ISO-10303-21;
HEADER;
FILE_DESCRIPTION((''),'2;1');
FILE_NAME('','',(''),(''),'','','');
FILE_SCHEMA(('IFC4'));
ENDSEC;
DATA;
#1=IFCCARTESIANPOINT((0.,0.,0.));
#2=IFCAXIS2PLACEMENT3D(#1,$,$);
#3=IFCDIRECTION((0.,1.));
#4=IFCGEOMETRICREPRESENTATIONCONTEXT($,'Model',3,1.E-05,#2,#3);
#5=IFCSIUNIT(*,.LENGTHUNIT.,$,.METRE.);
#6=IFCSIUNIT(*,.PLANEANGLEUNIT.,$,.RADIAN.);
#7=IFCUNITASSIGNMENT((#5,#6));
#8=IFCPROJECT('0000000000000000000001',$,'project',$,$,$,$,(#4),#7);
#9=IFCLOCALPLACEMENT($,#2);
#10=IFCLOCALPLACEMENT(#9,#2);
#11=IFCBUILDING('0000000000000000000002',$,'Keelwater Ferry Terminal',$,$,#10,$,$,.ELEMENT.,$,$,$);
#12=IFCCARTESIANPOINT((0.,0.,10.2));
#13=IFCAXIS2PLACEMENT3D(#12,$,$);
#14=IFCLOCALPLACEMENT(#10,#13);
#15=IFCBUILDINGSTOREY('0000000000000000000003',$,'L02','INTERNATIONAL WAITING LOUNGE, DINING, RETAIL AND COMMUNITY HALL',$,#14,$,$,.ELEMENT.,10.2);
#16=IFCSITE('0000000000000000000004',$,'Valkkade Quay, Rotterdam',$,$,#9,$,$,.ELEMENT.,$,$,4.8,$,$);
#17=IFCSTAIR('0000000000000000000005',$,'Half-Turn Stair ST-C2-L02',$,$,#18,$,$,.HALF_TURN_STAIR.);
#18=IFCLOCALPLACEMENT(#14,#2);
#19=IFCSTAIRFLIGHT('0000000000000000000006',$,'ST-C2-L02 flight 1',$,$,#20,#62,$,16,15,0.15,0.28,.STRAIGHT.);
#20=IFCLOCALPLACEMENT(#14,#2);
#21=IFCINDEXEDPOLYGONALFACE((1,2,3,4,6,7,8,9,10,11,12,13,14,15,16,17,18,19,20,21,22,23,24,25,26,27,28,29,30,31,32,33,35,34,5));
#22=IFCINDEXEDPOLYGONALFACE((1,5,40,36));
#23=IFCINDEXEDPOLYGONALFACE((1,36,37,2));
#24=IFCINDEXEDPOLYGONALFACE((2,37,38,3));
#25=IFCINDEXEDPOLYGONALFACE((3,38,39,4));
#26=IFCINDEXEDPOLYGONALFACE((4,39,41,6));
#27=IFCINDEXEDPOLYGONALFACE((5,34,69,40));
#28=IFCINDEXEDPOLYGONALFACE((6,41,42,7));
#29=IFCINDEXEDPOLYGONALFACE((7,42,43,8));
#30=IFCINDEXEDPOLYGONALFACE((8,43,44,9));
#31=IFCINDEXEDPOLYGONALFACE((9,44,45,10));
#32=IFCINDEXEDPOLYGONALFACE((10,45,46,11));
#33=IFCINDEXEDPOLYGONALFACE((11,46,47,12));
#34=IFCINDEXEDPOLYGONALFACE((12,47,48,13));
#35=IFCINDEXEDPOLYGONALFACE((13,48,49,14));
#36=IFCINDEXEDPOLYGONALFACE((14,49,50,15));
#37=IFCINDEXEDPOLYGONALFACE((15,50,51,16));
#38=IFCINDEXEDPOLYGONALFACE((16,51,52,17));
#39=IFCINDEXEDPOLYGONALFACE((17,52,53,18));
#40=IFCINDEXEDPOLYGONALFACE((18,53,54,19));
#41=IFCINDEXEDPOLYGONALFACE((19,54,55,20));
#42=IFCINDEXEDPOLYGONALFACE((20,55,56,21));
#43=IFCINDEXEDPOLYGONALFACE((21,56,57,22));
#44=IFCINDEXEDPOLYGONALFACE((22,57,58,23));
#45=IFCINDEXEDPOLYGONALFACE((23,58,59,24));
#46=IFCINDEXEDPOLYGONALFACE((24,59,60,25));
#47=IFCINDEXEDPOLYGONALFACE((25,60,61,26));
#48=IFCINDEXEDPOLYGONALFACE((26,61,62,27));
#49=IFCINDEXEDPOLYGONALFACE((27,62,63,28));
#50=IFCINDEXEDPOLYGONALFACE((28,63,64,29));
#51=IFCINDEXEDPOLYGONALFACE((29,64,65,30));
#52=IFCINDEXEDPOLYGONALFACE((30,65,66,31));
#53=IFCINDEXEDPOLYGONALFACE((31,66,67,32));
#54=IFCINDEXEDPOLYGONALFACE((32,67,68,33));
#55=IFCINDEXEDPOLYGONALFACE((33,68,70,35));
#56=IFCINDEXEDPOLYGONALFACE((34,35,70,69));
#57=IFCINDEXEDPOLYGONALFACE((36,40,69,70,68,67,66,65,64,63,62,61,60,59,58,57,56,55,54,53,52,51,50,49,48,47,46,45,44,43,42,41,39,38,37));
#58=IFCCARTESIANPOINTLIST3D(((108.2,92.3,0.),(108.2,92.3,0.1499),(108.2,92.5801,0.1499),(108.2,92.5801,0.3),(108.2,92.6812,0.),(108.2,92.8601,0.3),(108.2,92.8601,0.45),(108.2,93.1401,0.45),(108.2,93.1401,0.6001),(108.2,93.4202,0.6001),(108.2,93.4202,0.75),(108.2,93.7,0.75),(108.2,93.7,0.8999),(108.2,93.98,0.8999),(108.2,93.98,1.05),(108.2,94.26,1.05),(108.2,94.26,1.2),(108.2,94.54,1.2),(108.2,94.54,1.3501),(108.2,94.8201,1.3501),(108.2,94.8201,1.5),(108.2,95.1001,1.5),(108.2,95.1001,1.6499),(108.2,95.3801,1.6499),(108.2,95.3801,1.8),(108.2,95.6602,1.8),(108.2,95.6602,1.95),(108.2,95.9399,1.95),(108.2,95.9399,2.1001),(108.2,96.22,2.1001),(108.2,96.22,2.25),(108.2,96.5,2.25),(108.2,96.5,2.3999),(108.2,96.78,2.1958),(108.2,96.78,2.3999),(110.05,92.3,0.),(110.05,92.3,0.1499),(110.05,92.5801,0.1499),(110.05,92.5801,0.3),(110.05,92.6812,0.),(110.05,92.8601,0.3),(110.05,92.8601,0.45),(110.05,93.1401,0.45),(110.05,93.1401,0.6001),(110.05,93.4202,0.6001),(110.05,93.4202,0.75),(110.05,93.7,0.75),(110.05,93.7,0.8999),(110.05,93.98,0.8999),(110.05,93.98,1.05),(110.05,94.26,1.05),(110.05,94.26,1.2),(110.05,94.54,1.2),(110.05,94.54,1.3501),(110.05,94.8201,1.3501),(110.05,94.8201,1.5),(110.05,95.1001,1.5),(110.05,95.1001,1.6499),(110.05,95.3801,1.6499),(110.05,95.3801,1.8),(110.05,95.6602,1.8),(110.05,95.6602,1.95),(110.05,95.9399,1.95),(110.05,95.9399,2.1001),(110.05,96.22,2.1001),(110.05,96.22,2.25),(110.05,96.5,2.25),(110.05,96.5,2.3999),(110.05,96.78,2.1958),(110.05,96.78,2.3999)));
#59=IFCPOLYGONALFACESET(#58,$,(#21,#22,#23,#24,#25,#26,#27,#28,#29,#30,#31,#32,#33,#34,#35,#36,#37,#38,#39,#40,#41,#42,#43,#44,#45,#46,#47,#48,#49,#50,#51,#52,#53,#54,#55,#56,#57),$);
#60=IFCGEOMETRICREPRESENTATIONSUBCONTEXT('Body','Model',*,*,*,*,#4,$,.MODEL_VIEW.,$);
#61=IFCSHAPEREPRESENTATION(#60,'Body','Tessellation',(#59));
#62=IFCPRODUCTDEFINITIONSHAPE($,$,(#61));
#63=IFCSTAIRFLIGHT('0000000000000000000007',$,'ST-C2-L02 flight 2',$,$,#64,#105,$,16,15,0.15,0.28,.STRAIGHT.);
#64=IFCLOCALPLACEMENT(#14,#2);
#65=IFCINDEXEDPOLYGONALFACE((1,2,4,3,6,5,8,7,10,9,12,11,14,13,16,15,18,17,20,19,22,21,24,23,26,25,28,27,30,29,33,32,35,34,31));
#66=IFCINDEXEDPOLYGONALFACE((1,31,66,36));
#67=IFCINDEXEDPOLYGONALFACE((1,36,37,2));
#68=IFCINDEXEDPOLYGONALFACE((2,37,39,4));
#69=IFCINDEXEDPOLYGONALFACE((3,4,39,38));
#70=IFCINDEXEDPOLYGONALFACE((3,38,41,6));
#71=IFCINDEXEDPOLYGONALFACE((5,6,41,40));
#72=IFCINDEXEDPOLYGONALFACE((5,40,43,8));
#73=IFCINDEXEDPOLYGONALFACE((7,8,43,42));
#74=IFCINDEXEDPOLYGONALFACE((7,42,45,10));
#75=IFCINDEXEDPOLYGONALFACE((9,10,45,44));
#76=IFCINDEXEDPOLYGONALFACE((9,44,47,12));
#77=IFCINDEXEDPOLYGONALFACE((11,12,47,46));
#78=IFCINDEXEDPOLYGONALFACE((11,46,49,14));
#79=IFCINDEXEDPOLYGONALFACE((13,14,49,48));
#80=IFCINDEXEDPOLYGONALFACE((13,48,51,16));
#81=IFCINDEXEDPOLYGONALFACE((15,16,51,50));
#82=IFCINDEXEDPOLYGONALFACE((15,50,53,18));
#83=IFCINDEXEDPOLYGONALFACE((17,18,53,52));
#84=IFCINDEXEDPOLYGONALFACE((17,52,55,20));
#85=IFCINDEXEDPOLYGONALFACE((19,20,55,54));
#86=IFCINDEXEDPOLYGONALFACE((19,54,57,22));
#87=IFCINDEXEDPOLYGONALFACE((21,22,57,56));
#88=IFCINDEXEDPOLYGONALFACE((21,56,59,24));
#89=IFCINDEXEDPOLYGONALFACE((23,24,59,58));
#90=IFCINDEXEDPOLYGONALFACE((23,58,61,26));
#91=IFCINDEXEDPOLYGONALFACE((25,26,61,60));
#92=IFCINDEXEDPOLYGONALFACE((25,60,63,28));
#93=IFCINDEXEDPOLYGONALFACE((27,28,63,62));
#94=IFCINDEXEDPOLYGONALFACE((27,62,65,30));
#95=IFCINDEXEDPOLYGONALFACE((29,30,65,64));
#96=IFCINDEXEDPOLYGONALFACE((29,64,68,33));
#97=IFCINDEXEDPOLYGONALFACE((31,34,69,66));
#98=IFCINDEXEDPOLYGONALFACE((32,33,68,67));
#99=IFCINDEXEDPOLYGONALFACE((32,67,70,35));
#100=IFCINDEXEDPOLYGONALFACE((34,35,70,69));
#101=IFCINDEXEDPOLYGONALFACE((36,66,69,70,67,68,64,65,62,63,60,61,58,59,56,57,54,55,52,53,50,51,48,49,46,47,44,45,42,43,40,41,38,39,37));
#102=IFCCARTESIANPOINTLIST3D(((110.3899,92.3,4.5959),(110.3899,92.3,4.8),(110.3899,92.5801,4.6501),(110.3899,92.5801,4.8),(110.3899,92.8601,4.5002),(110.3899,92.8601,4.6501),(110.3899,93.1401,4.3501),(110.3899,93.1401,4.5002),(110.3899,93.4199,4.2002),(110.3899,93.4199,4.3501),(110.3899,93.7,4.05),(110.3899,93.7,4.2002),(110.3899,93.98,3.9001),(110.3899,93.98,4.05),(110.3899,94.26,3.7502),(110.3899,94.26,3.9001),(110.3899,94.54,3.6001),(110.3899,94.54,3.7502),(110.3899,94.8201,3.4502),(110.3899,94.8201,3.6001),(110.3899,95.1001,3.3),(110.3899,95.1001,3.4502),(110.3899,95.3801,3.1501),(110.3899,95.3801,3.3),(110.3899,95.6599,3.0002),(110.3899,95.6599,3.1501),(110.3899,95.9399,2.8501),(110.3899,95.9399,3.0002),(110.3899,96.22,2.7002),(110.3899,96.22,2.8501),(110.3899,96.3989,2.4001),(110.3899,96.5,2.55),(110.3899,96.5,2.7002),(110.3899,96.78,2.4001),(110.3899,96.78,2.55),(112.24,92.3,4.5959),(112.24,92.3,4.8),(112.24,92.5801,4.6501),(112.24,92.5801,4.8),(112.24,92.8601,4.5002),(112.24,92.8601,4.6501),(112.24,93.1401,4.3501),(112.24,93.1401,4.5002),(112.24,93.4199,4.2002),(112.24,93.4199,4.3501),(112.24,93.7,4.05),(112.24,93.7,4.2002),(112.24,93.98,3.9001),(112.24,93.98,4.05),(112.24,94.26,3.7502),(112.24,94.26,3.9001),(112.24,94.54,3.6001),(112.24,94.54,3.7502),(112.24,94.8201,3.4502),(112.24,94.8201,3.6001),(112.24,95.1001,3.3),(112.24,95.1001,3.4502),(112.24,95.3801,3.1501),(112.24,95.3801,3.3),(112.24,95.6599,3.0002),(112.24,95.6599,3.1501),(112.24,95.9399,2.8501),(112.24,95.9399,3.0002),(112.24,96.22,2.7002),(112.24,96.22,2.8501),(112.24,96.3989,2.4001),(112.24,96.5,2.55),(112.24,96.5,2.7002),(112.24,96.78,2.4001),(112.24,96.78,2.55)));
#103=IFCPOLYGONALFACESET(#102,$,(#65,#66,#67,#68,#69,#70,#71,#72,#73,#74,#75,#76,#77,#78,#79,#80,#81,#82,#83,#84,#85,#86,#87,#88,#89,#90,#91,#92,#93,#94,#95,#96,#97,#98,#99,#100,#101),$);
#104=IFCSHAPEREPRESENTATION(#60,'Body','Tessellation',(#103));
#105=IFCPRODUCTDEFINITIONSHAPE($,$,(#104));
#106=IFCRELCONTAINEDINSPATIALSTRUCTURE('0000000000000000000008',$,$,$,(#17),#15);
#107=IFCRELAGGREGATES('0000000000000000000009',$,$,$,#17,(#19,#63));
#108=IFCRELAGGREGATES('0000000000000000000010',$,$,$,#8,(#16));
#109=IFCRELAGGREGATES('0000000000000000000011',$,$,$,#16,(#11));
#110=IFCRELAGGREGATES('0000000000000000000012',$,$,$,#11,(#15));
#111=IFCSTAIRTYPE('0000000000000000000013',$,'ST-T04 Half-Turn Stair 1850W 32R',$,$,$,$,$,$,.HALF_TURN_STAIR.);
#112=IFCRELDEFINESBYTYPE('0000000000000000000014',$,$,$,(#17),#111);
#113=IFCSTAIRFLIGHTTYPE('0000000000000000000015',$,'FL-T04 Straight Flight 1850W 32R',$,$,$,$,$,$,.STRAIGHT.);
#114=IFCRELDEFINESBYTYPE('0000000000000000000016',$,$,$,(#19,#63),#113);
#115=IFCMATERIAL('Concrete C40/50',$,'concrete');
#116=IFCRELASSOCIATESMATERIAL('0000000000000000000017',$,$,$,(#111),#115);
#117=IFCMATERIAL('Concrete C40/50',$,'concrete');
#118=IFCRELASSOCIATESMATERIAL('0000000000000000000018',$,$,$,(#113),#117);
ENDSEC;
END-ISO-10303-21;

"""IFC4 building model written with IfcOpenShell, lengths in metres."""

from ifc_helpers import new_model, si_unit, direction, frame, origin, place, context, subcontext, project, spatial, polyline, outline, extrude, material, type_object, element, aggregate, save


model = new_model("IFC4")

# Units and contexts
model_context = context("Model", 3, precision=1e-05, world=origin(), true_north=direction((0.0, 1.0)))
body_context = subcontext(model_context, "Body", "Model", "MODEL_VIEW")
ifc_project = project(units=[si_unit("LENGTHUNIT", "METRE"), si_unit("PLANEANGLEUNIT", "RADIAN")], contexts=[model_context])

# Site, building, storey
site_placement = place(None, origin())
site = spatial("IfcSite", under=ifc_project, at=site_placement, Name="Valkkade Quay, Rotterdam", CompositionType="ELEMENT", RefElevation=4.8)
building_placement = place(site_placement, origin())
building = spatial("IfcBuilding", under=site, at=building_placement, Name="Keelwater Ferry Terminal", CompositionType="ELEMENT")
storey_placement = place(building_placement, frame((0.0, 0.0, 10.2)))
storey = spatial("IfcBuildingStorey", under=building, at=storey_placement, Name="L02", Description="INTERNATIONAL WAITING LOUNGE, DINING, RETAIL AND COMMUNITY HALL", CompositionType="ELEMENT", Elevation=10.2)

# Stair, stair flights
ifc_material_1 = material(Name="Concrete C40/50", Category="concrete")
stair_type = type_object("IfcStairType", Name="ST-T04 Half-Turn Stair 1850W 32R", PredefinedType="HALF_TURN_STAIR", material=ifc_material_1)
stair_placement = place(storey_placement, origin())
stair = element("IfcStair", 1, at=stair_placement, inside=storey, type_object=stair_type, Name="Half-Turn Stair ST-C2-L02", PredefinedType="HALF_TURN_STAIR")
ifc_material_2 = material(Name="Concrete C40/50", Category="concrete")
stair_flight_type = type_object("IfcStairFlightType", Name="FL-T04 Straight Flight 1850W 32R", PredefinedType="STRAIGHT", material=ifc_material_2)
stair_flight_1_placement = place(storey_placement, frame((109.125, 92.3, 0.0), z_axis=(0.0, 0.0, 1.0), x_axis=(0.0, 1.0, 0.0)))
stair_flight_1 = element("IfcStairFlight", 2, at=stair_flight_1_placement, type_object=stair_flight_type, Name="ST-C2-L02 flight 1", NumberOfRisers=16, NumberOfTreads=15, PredefinedType="STRAIGHT", RiserHeight=0.15, TreadLength=0.28, context=body_context, shape_type="SweptSolid", body=[
    extrude(outline(polyline([(0.0, 0.0), (0.0, 0.1499), (0.28, 0.1499), (0.28, 0.3), (0.5601, 0.3), (0.5601, 0.45), (0.8401, 0.45), (0.8401, 0.6001), (1.1201, 0.6001), (1.1201, 0.75), (1.3999, 0.75), (1.3999, 0.8999), (1.6799, 0.8999), (1.6799, 1.05), (1.96, 1.05), (1.96, 1.2), (2.24, 1.2), (2.24, 1.3501), (2.52, 1.3501), (2.52, 1.5), (2.8, 1.5), (2.8, 1.6499), (3.0801, 1.6499), (3.0801, 1.8), (3.3601, 1.8), (3.3601, 1.95), (3.6399, 1.95), (3.6399, 2.1001), (3.9199, 2.1001), (3.9199, 2.25), (4.2, 2.25), (4.2, 2.3999), (4.48, 2.3999), (4.48, 2.1958), (0.3811, 0.0), (0.0, 0.0)])), frame((0.0, 0.925, 0.0), z_axis=(0.0, -1.0, 0.0), x_axis=(1.0, 0.0, 0.0)), (0.0, 0.0, 1.0), 1.8501),
])
stair_flight_2_placement = place(storey_placement, frame((111.3149, 96.78, 2.4001), z_axis=(0.0, 0.0, 1.0), x_axis=(0.0, -1.0, 0.0)))
stair_flight_2 = element("IfcStairFlight", 3, at=stair_flight_2_placement, type_object=stair_flight_type, Name="ST-C2-L02 flight 2", NumberOfRisers=16, NumberOfTreads=15, PredefinedType="STRAIGHT", RiserHeight=0.15, TreadLength=0.28, context=body_context, shape_type="SweptSolid", body=[
    extrude(outline(polyline([(0.0, 0.0), (0.0, 0.1499), (0.28, 0.1499), (0.28, 0.3), (0.5601, 0.3), (0.5601, 0.45), (0.8401, 0.45), (0.8401, 0.6001), (1.1201, 0.6001), (1.1201, 0.75), (1.3999, 0.75), (1.3999, 0.8999), (1.6799, 0.8999), (1.6799, 1.05), (1.96, 1.05), (1.96, 1.2), (2.24, 1.2), (2.24, 1.3501), (2.52, 1.3501), (2.52, 1.5), (2.8, 1.5), (2.8, 1.6499), (3.0801, 1.6499), (3.0801, 1.8), (3.3601, 1.8), (3.3601, 1.95), (3.6399, 1.95), (3.6399, 2.1001), (3.9199, 2.1001), (3.9199, 2.25), (4.2, 2.25), (4.2, 2.3999), (4.48, 2.3999), (4.48, 2.1958), (0.3811, 0.0), (0.0, 0.0)])), frame((0.0, 0.925, 0.0), z_axis=(0.0, -1.0, 0.0), x_axis=(1.0, 0.0, 0.0)), (0.0, 0.0, 1.0), 1.8501),
])
aggregate(stair, [stair_flight_1, stair_flight_2])

save(model, "model.ifc")
